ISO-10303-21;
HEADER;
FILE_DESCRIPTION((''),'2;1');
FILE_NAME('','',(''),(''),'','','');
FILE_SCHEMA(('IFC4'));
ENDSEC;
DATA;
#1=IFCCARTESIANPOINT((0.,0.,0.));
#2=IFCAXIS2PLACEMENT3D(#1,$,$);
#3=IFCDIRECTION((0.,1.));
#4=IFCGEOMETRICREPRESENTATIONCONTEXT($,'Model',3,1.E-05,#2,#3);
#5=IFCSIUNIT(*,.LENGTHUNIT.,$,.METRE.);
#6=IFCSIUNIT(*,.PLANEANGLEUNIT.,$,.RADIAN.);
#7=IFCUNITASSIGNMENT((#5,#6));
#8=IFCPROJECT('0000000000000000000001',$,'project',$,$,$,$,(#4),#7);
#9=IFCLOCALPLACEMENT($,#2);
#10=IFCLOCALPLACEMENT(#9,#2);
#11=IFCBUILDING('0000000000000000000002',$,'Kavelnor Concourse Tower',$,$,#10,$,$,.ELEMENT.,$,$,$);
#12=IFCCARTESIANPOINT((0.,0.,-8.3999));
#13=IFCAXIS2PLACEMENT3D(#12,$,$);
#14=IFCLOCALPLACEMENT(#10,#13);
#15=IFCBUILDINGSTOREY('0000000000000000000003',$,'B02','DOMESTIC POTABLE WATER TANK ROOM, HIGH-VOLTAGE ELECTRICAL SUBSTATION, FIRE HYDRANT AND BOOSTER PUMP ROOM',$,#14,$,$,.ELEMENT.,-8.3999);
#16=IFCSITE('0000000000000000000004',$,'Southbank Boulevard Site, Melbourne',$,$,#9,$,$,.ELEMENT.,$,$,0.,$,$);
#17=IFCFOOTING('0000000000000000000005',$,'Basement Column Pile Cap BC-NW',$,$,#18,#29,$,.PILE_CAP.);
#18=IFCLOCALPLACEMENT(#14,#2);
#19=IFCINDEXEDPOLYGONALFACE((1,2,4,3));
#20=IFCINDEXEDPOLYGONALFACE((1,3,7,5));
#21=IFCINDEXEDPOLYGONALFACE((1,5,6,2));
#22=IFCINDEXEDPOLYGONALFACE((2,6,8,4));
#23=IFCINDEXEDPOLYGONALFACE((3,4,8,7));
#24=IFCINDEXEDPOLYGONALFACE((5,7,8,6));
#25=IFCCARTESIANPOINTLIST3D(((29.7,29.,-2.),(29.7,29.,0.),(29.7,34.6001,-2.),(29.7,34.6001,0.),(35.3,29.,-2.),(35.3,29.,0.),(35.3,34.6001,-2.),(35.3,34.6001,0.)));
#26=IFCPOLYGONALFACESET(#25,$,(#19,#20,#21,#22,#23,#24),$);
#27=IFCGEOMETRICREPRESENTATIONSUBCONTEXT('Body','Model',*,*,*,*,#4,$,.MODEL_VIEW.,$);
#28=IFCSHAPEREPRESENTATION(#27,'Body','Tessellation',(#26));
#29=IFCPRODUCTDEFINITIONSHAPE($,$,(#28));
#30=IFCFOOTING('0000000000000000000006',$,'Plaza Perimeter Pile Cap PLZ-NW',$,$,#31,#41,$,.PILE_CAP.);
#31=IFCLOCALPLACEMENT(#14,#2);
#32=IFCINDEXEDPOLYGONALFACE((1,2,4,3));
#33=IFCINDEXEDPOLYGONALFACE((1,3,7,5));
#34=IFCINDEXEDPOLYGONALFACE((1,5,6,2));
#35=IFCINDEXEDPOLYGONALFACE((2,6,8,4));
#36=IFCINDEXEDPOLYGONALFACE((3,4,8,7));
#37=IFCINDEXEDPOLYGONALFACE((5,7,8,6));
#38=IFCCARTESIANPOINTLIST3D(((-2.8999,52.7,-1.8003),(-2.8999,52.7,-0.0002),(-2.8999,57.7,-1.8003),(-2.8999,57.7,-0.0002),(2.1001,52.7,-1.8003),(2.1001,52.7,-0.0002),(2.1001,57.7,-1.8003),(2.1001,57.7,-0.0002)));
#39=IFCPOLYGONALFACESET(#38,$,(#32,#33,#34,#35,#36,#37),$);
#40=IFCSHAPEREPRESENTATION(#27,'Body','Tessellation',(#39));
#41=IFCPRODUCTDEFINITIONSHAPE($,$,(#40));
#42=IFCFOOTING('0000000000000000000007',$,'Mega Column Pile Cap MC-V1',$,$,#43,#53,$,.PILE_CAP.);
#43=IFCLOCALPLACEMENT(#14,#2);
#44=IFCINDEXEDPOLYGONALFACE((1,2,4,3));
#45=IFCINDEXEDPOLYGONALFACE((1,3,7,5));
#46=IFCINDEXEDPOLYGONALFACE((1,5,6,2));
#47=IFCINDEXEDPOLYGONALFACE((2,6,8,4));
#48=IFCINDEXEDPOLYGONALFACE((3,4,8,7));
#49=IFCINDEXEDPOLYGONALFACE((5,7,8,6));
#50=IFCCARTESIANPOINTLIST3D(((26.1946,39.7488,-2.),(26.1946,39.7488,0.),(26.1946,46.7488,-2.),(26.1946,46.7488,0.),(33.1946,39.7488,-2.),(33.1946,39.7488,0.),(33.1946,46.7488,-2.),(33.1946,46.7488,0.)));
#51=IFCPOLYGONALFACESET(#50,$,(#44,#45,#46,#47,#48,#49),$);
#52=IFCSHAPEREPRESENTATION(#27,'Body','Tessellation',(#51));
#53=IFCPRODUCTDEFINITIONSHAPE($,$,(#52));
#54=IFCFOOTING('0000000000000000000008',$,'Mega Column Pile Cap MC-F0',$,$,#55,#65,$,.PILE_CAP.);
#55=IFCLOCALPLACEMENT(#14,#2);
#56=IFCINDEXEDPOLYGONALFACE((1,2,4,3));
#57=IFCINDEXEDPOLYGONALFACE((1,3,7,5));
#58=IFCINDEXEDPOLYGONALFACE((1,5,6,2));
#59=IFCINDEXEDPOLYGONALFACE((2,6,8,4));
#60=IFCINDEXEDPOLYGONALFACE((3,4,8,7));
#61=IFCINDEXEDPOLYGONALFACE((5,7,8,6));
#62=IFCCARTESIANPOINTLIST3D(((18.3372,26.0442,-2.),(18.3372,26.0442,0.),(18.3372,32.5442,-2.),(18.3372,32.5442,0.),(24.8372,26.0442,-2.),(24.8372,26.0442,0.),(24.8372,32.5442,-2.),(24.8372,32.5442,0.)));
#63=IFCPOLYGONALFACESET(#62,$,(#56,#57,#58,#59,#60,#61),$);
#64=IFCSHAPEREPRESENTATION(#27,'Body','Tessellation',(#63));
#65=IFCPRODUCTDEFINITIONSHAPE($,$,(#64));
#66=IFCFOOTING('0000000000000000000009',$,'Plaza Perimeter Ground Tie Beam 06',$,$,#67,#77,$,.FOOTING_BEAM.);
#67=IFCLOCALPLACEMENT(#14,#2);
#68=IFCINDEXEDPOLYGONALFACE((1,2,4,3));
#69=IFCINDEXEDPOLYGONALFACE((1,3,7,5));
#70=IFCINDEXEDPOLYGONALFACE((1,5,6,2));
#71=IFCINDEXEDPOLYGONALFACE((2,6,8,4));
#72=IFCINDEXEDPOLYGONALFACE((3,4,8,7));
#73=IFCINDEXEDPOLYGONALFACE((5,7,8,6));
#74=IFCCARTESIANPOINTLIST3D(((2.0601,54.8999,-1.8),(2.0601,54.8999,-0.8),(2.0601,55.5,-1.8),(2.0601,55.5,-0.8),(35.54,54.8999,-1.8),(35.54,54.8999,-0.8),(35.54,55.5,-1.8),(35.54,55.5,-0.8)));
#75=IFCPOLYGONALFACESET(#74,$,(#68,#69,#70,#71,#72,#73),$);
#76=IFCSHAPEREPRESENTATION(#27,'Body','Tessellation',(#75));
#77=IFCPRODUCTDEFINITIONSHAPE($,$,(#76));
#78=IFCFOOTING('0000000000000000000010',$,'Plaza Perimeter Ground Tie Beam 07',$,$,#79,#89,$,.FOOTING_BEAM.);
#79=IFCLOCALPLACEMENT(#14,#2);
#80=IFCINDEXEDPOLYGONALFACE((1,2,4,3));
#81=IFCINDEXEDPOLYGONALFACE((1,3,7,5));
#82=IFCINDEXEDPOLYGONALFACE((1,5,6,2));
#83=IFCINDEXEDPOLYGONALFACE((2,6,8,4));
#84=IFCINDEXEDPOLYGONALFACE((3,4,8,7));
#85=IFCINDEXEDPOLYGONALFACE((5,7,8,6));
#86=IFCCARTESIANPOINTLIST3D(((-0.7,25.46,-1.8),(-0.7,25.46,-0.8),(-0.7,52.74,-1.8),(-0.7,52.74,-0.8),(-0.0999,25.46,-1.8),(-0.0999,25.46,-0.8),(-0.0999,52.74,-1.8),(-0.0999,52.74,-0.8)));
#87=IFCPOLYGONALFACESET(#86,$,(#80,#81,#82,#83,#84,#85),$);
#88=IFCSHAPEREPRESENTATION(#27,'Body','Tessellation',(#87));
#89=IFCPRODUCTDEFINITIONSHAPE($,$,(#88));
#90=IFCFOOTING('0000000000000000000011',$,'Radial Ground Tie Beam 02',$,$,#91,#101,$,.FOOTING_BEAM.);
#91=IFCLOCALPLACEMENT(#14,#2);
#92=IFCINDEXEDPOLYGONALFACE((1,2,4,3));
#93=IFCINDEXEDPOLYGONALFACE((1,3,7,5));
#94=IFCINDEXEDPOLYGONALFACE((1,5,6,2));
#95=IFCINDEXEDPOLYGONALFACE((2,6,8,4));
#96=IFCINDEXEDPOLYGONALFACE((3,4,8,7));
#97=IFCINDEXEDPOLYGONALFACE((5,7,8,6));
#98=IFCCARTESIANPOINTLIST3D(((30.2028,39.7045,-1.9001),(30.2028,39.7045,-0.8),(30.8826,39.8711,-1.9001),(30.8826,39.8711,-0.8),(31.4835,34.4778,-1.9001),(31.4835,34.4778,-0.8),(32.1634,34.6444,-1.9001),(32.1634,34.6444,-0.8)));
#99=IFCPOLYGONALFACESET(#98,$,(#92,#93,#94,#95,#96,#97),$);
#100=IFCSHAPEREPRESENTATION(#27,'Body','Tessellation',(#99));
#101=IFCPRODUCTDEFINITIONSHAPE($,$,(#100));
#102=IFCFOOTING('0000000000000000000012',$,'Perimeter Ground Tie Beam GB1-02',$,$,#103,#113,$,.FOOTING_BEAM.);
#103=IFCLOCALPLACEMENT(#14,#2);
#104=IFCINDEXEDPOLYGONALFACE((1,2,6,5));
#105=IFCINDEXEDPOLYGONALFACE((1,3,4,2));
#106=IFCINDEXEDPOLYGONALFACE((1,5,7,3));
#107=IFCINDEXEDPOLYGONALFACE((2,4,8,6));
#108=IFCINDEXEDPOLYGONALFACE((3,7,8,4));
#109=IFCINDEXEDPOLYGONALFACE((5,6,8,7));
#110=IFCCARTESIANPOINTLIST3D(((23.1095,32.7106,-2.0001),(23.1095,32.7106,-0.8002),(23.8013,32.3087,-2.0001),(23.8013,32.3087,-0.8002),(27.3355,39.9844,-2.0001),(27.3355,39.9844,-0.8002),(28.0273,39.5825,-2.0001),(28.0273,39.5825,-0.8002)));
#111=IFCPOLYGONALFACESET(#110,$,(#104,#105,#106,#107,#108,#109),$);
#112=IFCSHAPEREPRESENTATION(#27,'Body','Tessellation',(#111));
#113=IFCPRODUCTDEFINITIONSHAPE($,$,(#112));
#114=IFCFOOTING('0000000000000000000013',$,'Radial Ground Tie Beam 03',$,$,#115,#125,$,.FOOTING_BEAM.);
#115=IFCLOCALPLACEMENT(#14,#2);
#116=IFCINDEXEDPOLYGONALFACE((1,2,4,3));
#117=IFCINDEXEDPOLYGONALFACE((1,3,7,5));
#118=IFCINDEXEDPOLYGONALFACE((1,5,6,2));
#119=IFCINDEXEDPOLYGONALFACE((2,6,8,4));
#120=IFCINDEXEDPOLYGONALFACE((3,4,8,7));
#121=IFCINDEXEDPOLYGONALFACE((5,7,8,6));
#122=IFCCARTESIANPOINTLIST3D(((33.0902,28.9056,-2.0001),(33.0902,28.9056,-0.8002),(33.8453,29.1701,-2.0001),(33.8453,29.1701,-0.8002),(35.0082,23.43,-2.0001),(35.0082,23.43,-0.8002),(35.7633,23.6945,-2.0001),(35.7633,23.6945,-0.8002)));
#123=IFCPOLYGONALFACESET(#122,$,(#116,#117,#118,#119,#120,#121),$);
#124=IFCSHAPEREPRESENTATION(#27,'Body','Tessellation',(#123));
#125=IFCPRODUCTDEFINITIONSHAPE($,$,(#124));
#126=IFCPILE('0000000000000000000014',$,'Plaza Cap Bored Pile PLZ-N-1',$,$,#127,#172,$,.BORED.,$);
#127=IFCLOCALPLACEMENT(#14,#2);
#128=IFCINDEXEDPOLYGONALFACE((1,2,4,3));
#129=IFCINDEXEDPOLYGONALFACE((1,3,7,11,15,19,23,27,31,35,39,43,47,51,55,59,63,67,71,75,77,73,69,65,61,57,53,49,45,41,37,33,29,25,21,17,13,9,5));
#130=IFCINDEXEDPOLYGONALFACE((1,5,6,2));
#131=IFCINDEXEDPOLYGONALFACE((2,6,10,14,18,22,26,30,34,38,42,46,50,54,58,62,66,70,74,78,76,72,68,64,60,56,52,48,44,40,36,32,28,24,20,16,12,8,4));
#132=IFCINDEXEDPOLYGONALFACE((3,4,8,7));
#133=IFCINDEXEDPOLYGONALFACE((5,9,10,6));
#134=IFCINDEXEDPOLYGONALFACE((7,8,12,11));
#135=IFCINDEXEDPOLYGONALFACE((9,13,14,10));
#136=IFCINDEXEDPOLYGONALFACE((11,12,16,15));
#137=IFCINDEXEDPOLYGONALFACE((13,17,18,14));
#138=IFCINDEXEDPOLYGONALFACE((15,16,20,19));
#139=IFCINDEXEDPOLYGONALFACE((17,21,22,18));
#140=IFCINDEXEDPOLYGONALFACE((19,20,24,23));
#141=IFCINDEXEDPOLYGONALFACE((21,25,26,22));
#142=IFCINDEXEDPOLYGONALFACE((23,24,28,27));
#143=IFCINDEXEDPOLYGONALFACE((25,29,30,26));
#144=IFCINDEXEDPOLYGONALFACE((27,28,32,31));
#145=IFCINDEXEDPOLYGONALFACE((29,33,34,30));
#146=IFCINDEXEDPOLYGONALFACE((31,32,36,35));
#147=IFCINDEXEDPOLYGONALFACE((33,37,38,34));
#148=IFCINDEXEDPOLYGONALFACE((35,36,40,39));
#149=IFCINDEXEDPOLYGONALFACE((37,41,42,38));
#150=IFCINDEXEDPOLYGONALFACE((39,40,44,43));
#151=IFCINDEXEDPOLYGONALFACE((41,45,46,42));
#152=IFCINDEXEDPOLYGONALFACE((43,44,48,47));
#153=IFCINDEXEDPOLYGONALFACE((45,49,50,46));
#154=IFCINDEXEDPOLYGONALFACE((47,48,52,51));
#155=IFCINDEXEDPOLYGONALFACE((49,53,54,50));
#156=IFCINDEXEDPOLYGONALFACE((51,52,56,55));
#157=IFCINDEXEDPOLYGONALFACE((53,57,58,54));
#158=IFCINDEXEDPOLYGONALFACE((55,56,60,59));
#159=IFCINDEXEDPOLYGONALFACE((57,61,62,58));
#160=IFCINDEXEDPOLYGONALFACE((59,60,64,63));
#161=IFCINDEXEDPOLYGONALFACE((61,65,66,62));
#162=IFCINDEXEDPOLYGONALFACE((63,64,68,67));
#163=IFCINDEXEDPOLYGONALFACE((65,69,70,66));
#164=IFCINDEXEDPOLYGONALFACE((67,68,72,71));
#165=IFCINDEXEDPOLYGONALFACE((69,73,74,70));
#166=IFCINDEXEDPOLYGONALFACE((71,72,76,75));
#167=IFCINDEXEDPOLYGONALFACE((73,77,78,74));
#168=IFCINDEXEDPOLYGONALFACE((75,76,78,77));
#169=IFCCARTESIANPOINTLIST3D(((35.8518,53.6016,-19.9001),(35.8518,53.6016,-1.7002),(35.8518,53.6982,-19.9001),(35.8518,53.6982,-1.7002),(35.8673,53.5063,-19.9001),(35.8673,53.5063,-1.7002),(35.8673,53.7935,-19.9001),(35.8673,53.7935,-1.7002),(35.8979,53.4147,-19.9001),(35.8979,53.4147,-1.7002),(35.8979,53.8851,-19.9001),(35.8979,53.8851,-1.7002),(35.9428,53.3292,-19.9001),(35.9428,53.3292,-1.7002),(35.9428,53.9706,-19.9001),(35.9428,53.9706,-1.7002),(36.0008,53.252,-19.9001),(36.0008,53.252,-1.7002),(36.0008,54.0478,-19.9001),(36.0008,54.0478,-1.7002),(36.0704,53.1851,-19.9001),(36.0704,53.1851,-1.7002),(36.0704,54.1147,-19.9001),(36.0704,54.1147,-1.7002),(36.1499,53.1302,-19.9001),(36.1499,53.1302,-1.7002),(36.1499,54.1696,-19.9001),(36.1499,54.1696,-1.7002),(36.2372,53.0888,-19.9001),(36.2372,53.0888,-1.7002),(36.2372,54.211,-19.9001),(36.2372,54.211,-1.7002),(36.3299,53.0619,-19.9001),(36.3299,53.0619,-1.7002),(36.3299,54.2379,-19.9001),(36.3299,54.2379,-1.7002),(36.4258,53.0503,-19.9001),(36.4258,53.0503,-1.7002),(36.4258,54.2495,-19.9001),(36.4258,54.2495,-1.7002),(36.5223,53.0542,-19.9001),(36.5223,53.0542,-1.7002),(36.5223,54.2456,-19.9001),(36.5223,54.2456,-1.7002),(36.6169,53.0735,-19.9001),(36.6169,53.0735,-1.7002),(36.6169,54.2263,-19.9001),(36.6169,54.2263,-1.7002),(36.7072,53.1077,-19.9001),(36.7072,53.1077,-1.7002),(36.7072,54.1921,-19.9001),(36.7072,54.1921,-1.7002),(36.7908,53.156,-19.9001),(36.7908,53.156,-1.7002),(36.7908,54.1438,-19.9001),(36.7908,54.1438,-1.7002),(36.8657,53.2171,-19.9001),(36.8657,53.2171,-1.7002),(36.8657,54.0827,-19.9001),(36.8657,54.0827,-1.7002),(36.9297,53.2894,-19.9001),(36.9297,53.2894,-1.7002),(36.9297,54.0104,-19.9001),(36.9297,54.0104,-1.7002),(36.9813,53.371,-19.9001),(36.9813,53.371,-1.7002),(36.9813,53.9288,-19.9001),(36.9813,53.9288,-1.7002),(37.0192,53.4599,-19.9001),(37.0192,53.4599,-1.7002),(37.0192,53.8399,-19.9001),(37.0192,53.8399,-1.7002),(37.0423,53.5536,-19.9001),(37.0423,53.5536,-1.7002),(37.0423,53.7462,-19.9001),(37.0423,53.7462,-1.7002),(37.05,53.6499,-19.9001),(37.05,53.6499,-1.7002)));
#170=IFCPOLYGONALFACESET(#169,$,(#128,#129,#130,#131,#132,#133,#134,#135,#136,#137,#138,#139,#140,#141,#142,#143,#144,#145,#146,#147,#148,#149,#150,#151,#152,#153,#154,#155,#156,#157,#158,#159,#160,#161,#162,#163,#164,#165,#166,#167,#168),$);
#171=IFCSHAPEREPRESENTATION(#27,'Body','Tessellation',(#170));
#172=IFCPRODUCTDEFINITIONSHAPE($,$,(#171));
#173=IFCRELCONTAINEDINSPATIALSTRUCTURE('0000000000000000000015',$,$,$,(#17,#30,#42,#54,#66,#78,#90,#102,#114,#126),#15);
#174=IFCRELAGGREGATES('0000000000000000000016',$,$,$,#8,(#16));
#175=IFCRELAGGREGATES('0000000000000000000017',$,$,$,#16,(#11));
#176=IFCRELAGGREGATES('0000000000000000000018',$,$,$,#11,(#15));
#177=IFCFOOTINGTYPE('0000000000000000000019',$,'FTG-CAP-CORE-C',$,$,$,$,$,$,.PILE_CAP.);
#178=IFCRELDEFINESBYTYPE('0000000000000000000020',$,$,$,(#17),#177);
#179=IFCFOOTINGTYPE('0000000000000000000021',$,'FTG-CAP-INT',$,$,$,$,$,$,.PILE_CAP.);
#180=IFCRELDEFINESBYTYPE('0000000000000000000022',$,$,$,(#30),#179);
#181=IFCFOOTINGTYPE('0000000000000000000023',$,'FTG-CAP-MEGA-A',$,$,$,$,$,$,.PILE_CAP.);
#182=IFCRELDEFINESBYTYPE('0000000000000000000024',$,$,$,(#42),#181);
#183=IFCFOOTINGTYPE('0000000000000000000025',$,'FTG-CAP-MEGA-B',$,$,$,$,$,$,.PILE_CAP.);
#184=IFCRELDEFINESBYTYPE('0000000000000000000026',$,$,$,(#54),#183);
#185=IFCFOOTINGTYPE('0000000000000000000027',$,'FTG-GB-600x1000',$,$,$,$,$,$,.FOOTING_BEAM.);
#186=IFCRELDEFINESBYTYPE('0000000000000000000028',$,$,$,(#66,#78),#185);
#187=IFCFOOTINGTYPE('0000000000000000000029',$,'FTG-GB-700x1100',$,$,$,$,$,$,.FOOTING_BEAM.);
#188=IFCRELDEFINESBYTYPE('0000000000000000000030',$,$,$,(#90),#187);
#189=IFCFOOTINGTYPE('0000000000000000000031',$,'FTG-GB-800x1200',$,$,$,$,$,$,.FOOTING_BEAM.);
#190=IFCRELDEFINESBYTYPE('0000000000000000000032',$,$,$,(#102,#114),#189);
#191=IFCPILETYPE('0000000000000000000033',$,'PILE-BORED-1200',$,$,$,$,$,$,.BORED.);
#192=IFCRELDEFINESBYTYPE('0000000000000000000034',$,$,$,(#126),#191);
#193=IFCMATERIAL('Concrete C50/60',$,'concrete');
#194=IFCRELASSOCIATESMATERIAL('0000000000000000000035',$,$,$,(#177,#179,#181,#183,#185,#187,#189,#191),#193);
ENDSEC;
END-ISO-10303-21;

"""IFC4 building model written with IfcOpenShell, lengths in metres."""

from ifc_helpers import new_model, si_unit, direction, frame, origin, origin_2d, place, context, subcontext, project, spatial, rectangle, circle, extrude, material, material_profile, profile_set, type_object, element, save


model = new_model("IFC4")

# Units and contexts
model_context = context("Model", 3, precision=1e-05, world=origin(), true_north=direction((0.0, 1.0)))
body_context = subcontext(model_context, "Body", "Model", "MODEL_VIEW")
ifc_project = project(units=[si_unit("LENGTHUNIT", "METRE"), si_unit("PLANEANGLEUNIT", "RADIAN")], contexts=[model_context])

# Site, building, storey
site_placement = place(None, origin())
site = spatial("IfcSite", under=ifc_project, at=site_placement, Name="Southbank Boulevard Site, Melbourne", CompositionType="ELEMENT", RefElevation=0.0)
building_placement = place(site_placement, origin())
building = spatial("IfcBuilding", under=site, at=building_placement, Name="Kavelnor Concourse Tower", CompositionType="ELEMENT")
storey_placement = place(building_placement, frame((0.0, 0.0, -8.3999)))
storey = spatial("IfcBuildingStorey", under=building, at=storey_placement, Name="B02", Description="DOMESTIC POTABLE WATER TANK ROOM, HIGH-VOLTAGE ELECTRICAL SUBSTATION, FIRE HYDRANT AND BOOSTER PUMP ROOM", CompositionType="ELEMENT", Elevation=-8.3999)

# Footings
ifc_material_1 = material(Name="Concrete C50/60", Category="concrete")
footing_type_1 = type_object("IfcFootingType", Name="FTG-CAP-CORE-C", PredefinedType="PILE_CAP", material=ifc_material_1)
footing_1_placement = place(storey_placement, frame((32.5, 31.8, -2.0), z_axis=(0.0, 0.0, 1.0), x_axis=(1.0, 0.0, 0.0)))
element("IfcFooting", 1, at=footing_1_placement, inside=storey, type_object=footing_type_1, Name="Basement Column Pile Cap BC-NW", PredefinedType="PILE_CAP", context=body_context, shape_type="SweptSolid", body=[
    extrude(rectangle(XDim=5.6001, YDim=5.6001, at=origin_2d()), origin(), (0.0, 0.0, 1.0), 2.0),
])
footing_type_2 = type_object("IfcFootingType", Name="FTG-CAP-INT", PredefinedType="PILE_CAP", material=ifc_material_1)
footing_2_placement = place(storey_placement, frame((-0.3999, 55.2, -1.8003), z_axis=(0.0, 0.0, 1.0), x_axis=(1.0, 0.0, 0.0)))
element("IfcFooting", 2, at=footing_2_placement, inside=storey, type_object=footing_type_2, Name="Plaza Perimeter Pile Cap PLZ-NW", PredefinedType="PILE_CAP", context=body_context, shape_type="SweptSolid", body=[
    extrude(rectangle(XDim=5.0, YDim=5.0, at=origin_2d()), origin(), (0.0, 0.0, 1.0), 1.8),
])
footing_type_3 = type_object("IfcFootingType", Name="FTG-CAP-MEGA-A", PredefinedType="PILE_CAP", material=ifc_material_1)
footing_3_placement = place(storey_placement, frame((29.6946, 43.2488, -2.0), z_axis=(0.0, 0.0, 1.0), x_axis=(1.0, 0.0, 0.0)))
element("IfcFooting", 3, at=footing_3_placement, inside=storey, type_object=footing_type_3, Name="Mega Column Pile Cap MC-V1", PredefinedType="PILE_CAP", context=body_context, shape_type="SweptSolid", body=[
    extrude(rectangle(XDim=7.0, YDim=7.0, at=origin_2d()), origin(), (0.0, 0.0, 1.0), 2.0),
])
footing_type_4 = type_object("IfcFootingType", Name="FTG-CAP-MEGA-B", PredefinedType="PILE_CAP", material=ifc_material_1)
footing_4_placement = place(storey_placement, frame((21.5872, 29.2942, -2.0), z_axis=(0.0, 0.0, 1.0), x_axis=(1.0, 0.0, 0.0)))
element("IfcFooting", 4, at=footing_4_placement, inside=storey, type_object=footing_type_4, Name="Mega Column Pile Cap MC-F0", PredefinedType="PILE_CAP", context=body_context, shape_type="SweptSolid", body=[
    extrude(rectangle(XDim=6.5, YDim=6.5, at=origin_2d()), origin(), (0.0, 0.0, 1.0), 2.0),
])
ifc_material_profile_1 = material_profile(ifc_material_1, rectangle(XDim=0.6001, YDim=1.0, at=origin_2d()), Name="RC-GB 600x1000")
ifc_profile_set_1 = profile_set([ifc_material_profile_1], Name="Concrete C50/60")
footing_type_5 = type_object("IfcFootingType", Name="FTG-GB-600x1000", PredefinedType="FOOTING_BEAM", material=ifc_profile_set_1)
footing_5_placement = place(storey_placement, frame((35.54, 55.2, -1.3), z_axis=(-1.0, 0.0, 0.0), x_axis=(0.0, -1.0, 0.0)))
element("IfcFooting", 5, at=footing_5_placement, inside=storey, type_object=footing_type_5, Name="Plaza Perimeter Ground Tie Beam 06", PredefinedType="FOOTING_BEAM", context=body_context, shape_type="SweptSolid", body=[
    extrude(rectangle(XDim=0.6001, YDim=1.0, at=origin_2d()), origin(), (0.0, 0.0, 1.0), 33.48),
])
footing_6_placement = place(storey_placement, frame((-0.3999, 52.74, -1.3), z_axis=(0.0, -1.0, 0.0), x_axis=(1.0, 0.0, 0.0)))
element("IfcFooting", 6, at=footing_6_placement, inside=storey, type_object=footing_type_5, Name="Plaza Perimeter Ground Tie Beam 07", PredefinedType="FOOTING_BEAM", context=body_context, shape_type="SweptSolid", body=[
    extrude(rectangle(XDim=0.6001, YDim=1.0, at=origin_2d()), origin(), (0.0, 0.0, 1.0), 27.28),
])
ifc_material_profile_2 = material_profile(ifc_material_1, rectangle(XDim=0.7, YDim=1.1001, at=origin_2d()), Name="RC-GB 700x1100")
ifc_profile_set_2 = profile_set([ifc_material_profile_2], Name="Concrete C50/60")
footing_type_6 = type_object("IfcFootingType", Name="FTG-GB-700x1100", PredefinedType="FOOTING_BEAM", material=ifc_profile_set_2)
footing_7_placement = place(storey_placement, frame((30.5427, 39.7878, -1.3501), z_axis=(0.237996, -0.971266, 0.0), x_axis=(0.971266, 0.237996, 0.0)))
element("IfcFooting", 7, at=footing_7_placement, inside=storey, type_object=footing_type_6, Name="Radial Ground Tie Beam 02", PredefinedType="FOOTING_BEAM", context=body_context, shape_type="SweptSolid", body=[
    extrude(rectangle(XDim=0.7, YDim=1.1001, at=origin_2d()), origin(), (0.0, 0.0, 1.0), 5.3813),
])
ifc_material_profile_3 = material_profile(ifc_material_1, rectangle(XDim=0.8, YDim=1.2, at=origin_2d()), Name="RC-GB 800x1200")
ifc_profile_set_3 = profile_set([ifc_material_profile_3], Name="Concrete C50/60")
footing_type_7 = type_object("IfcFootingType", Name="FTG-GB-800x1200", PredefinedType="FOOTING_BEAM", material=ifc_profile_set_3)
footing_8_placement = place(storey_placement, frame((27.6814, 39.7834, -1.4001), z_axis=(-0.502358, -0.86466, 0.0), x_axis=(0.86466, -0.502358, 0.0)))
element("IfcFooting", 8, at=footing_8_placement, inside=storey, type_object=footing_type_7, Name="Perimeter Ground Tie Beam GB1-02", PredefinedType="FOOTING_BEAM", context=body_context, shape_type="SweptSolid", body=[
    extrude(rectangle(XDim=0.8, YDim=1.2, at=origin_2d()), origin(), (0.0, 0.0, 1.0), 8.4124),
])
footing_9_placement = place(storey_placement, frame((33.4678, 29.0378, -1.4001), z_axis=(0.330583, -0.943777, 0.0), x_axis=(0.943777, 0.330583, 0.0)))
element("IfcFooting", 9, at=footing_9_placement, inside=storey, type_object=footing_type_7, Name="Radial Ground Tie Beam 03", PredefinedType="FOOTING_BEAM", context=body_context, shape_type="SweptSolid", body=[
    extrude(rectangle(XDim=0.8, YDim=1.2, at=origin_2d()), origin(), (0.0, 0.0, 1.0), 5.8018),
])

# Pile
ifc_material_profile_4 = material_profile(ifc_material_1, circle(Radius=0.6001, at=origin_2d()), Name="PILE-D1200")
ifc_profile_set_4 = profile_set([ifc_material_profile_4], Name="Concrete C50/60")
pile_type_1 = type_object("IfcPileType", Name="PILE-BORED-1200", PredefinedType="BORED", material=ifc_profile_set_4)
for number, where, z_axis, x_axis, name in (
    (10, (36.45, 53.6499, -1.7002), (0.0, 0.0, -1.0), (1.0, 0.0, 0.0), "Plaza Cap Bored Pile PLZ-N-1"),
):
    element("IfcPile", number, at=place(storey_placement, frame(where, z_axis=z_axis, x_axis=x_axis)), inside=storey, type_object=pile_type_1, Name=name, PredefinedType="BORED", context=body_context, shape_type="SweptSolid", body=[
        extrude(circle(Radius=0.6001, at=origin_2d()), origin(), (0.0, 0.0, 1.0), 18.2),
    ])

save(model, "model.ifc")
